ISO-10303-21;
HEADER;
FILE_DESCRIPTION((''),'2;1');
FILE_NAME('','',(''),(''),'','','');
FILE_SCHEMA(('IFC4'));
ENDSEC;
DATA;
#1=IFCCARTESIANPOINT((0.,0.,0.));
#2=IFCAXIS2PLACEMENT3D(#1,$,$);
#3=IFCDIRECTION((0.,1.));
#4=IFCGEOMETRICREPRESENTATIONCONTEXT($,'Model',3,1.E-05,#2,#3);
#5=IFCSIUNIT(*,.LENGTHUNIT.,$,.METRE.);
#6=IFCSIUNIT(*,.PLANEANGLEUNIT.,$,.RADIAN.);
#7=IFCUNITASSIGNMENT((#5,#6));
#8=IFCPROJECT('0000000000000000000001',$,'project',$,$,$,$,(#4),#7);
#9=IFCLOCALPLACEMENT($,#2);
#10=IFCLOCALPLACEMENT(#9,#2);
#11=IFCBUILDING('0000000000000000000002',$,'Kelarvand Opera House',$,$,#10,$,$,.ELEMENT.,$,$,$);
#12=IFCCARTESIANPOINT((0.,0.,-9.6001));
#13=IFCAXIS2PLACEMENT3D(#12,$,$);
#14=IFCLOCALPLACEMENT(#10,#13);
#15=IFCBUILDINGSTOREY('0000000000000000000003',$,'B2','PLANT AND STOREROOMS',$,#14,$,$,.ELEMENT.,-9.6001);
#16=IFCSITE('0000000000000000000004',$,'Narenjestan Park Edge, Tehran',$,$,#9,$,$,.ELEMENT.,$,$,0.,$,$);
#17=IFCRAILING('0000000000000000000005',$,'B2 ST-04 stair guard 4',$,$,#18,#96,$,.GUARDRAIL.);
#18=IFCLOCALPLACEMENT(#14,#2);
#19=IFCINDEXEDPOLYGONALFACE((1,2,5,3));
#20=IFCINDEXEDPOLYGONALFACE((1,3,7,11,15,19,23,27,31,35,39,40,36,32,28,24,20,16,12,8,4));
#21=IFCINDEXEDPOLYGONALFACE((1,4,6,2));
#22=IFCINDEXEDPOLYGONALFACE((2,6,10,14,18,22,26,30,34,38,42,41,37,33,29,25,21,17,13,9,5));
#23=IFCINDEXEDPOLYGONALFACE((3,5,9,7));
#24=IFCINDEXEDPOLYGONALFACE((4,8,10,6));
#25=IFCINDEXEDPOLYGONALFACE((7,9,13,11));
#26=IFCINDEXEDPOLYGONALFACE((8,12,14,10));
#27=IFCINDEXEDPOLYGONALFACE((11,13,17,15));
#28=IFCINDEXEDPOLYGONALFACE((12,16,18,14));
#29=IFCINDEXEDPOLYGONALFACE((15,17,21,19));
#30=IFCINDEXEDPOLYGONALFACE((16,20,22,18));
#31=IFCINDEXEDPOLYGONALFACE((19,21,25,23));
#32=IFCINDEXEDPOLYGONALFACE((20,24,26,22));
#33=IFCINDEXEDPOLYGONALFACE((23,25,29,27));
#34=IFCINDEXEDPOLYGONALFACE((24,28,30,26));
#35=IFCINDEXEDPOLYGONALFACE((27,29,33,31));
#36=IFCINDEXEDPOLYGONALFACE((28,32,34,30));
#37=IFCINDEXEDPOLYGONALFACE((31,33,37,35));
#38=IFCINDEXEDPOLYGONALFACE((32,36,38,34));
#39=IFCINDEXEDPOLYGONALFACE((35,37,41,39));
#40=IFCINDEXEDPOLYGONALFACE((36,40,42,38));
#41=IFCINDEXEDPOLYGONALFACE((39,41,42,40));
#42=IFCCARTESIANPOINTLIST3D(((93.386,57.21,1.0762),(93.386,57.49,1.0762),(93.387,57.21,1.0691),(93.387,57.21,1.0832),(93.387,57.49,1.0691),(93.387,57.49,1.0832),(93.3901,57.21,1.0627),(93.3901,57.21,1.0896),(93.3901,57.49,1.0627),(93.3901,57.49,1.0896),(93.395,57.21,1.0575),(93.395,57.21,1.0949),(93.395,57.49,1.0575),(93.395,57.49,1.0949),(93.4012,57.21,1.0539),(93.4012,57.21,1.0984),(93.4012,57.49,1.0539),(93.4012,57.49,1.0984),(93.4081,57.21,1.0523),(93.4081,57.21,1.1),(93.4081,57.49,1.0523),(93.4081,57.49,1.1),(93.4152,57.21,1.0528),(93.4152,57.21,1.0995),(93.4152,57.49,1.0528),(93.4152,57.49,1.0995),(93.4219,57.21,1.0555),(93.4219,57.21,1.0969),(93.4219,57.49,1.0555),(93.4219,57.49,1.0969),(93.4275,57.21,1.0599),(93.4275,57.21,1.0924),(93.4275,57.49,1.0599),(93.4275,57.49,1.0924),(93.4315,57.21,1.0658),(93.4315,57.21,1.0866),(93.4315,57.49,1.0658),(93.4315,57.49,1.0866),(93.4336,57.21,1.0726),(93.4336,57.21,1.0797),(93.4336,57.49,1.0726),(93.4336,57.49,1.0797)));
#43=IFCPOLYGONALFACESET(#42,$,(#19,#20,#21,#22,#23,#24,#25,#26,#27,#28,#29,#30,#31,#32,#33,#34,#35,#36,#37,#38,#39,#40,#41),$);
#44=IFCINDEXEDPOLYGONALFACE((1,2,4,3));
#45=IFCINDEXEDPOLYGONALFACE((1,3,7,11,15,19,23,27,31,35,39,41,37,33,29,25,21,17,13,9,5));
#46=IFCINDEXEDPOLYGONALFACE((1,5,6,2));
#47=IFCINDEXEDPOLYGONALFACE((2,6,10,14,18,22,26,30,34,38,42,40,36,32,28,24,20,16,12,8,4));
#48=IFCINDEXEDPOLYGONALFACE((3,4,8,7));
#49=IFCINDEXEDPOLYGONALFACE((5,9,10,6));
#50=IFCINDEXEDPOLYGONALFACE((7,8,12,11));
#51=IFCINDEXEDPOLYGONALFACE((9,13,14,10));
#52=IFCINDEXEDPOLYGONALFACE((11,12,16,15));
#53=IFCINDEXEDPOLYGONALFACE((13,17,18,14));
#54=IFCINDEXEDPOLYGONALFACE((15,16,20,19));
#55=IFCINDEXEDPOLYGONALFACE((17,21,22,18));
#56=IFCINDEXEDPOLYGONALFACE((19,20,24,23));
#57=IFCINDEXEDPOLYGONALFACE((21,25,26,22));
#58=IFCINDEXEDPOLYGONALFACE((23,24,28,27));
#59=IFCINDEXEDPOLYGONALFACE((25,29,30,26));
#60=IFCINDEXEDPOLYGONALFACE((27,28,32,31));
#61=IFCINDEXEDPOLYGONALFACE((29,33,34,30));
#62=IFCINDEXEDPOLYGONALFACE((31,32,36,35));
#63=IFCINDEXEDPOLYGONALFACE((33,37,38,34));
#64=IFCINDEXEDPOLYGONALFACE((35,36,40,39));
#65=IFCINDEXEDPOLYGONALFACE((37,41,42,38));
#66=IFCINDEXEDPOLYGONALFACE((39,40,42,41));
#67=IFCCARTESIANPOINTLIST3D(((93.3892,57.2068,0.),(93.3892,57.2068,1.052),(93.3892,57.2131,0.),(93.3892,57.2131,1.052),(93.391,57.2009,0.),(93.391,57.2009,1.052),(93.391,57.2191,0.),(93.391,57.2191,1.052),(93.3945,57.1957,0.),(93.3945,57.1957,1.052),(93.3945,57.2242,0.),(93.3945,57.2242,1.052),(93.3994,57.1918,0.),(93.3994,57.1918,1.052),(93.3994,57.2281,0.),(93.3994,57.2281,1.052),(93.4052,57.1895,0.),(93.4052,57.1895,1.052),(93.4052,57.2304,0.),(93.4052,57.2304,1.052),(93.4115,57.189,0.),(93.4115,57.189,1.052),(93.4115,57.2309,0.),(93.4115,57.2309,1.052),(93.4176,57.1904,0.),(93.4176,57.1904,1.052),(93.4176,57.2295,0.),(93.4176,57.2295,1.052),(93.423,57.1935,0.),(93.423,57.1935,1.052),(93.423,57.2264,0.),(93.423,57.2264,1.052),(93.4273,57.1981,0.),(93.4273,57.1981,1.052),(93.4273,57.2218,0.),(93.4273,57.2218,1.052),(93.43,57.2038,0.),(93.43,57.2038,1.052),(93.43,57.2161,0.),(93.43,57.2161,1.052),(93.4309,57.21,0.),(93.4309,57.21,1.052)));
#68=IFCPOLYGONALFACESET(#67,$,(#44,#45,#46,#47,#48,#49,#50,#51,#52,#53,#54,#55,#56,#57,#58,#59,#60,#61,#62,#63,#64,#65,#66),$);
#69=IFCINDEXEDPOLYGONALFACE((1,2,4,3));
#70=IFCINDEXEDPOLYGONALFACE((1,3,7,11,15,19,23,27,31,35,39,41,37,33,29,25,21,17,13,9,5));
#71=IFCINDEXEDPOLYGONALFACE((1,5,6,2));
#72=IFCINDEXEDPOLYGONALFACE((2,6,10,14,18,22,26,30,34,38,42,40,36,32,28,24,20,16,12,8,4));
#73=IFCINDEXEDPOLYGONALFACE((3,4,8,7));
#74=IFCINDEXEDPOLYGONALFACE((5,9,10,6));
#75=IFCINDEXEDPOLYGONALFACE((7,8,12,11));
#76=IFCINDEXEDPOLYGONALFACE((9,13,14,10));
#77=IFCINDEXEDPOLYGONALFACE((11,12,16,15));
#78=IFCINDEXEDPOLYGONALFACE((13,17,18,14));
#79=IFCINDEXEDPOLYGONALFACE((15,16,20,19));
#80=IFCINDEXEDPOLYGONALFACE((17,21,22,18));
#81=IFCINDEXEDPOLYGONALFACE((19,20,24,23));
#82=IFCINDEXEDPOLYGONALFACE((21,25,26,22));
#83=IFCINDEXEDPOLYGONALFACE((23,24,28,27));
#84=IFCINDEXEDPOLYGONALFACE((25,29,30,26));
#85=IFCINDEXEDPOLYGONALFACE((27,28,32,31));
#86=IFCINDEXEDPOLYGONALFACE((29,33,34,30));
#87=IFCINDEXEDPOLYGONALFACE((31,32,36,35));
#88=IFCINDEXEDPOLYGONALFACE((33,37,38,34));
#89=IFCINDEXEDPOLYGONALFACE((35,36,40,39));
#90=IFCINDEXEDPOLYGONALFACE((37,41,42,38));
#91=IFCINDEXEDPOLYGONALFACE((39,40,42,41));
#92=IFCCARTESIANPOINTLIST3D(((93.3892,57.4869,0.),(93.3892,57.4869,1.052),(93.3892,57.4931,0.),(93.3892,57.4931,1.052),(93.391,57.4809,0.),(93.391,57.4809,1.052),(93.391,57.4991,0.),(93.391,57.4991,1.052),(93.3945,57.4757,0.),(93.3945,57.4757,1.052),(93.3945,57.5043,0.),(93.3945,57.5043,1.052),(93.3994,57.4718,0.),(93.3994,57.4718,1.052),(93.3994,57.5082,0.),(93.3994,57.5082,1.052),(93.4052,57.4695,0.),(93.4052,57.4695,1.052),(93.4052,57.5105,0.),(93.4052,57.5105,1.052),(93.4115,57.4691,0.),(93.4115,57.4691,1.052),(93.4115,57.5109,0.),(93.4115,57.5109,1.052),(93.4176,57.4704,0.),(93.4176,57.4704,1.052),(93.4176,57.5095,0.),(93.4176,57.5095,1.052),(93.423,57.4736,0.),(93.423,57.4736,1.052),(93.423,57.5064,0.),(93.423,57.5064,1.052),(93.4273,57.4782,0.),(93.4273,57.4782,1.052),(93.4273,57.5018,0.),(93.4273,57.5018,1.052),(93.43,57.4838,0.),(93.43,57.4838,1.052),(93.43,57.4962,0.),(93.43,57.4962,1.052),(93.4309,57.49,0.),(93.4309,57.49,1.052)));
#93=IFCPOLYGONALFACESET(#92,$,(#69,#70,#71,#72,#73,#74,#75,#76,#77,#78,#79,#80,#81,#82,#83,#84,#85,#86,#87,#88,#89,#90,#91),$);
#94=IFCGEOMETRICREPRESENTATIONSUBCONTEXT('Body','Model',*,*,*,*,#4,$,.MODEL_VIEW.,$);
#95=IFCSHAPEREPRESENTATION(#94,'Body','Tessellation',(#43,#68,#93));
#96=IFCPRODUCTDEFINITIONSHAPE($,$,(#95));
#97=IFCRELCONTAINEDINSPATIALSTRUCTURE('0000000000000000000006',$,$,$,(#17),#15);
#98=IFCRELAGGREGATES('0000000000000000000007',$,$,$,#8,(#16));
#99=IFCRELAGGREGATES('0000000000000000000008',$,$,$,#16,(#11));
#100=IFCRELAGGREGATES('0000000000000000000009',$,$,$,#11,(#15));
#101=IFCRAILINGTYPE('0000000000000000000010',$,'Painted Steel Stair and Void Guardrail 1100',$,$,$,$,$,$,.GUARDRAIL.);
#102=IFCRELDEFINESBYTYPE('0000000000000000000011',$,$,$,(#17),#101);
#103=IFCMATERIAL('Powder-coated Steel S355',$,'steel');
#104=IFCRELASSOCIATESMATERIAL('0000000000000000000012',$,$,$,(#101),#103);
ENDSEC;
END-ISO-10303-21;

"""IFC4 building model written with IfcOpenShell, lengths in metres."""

from ifc_helpers import new_model, si_unit, direction, frame, origin, origin_2d, place, context, subcontext, project, spatial, circle, extrude, material, type_object, element, save


model = new_model("IFC4")

# Units and contexts
model_context = context("Model", 3, precision=1e-05, world=origin(), true_north=direction((0.0, 1.0)))
body_context = subcontext(model_context, "Body", "Model", "MODEL_VIEW")
ifc_project = project(units=[si_unit("LENGTHUNIT", "METRE"), si_unit("PLANEANGLEUNIT", "RADIAN")], contexts=[model_context])

# Site, building, storey
site_placement = place(None, origin())
site = spatial("IfcSite", under=ifc_project, at=site_placement, Name="Narenjestan Park Edge, Tehran", CompositionType="ELEMENT", RefElevation=0.0)
building_placement = place(site_placement, origin())
building = spatial("IfcBuilding", under=site, at=building_placement, Name="Kelarvand Opera House", CompositionType="ELEMENT")
storey_placement = place(building_placement, frame((0.0, 0.0, -9.6001)))
storey = spatial("IfcBuildingStorey", under=building, at=storey_placement, Name="B2", Description="PLANT AND STOREROOMS", CompositionType="ELEMENT", Elevation=-9.6001)

# Railing
ifc_material_1 = material(Name="Powder-coated Steel S355", Category="steel")
railing_type_1 = type_object("IfcRailingType", Name="Painted Steel Stair and Void Guardrail 1100", PredefinedType="GUARDRAIL", material=ifc_material_1)
railing_1_placement = place(storey_placement, frame((93.4099, 57.21, 0.0)))
element("IfcRailing", 1, at=railing_1_placement, inside=storey, type_object=railing_type_1, Name="B2 ST-04 stair guard 4", PredefinedType="GUARDRAIL", context=body_context, shape_type="SweptSolid", body=[
    extrude(circle(Radius=0.0239, at=origin_2d()), frame((0.0, 0.0, 1.0762), z_axis=(0.0, 1.0, 0.0), x_axis=(-1.0, 0.0, 0.0)), (0.0, 0.0, 1.0), 0.28),
    extrude(circle(Radius=0.021, at=origin_2d()), origin(), (0.0, 0.0, 1.0), 1.052),
    extrude(circle(Radius=0.021, at=origin_2d()), frame((0.0, 0.28, 0.0)), (0.0, 0.0, 1.0), 1.052),
])

save(model, "model.ifc")
